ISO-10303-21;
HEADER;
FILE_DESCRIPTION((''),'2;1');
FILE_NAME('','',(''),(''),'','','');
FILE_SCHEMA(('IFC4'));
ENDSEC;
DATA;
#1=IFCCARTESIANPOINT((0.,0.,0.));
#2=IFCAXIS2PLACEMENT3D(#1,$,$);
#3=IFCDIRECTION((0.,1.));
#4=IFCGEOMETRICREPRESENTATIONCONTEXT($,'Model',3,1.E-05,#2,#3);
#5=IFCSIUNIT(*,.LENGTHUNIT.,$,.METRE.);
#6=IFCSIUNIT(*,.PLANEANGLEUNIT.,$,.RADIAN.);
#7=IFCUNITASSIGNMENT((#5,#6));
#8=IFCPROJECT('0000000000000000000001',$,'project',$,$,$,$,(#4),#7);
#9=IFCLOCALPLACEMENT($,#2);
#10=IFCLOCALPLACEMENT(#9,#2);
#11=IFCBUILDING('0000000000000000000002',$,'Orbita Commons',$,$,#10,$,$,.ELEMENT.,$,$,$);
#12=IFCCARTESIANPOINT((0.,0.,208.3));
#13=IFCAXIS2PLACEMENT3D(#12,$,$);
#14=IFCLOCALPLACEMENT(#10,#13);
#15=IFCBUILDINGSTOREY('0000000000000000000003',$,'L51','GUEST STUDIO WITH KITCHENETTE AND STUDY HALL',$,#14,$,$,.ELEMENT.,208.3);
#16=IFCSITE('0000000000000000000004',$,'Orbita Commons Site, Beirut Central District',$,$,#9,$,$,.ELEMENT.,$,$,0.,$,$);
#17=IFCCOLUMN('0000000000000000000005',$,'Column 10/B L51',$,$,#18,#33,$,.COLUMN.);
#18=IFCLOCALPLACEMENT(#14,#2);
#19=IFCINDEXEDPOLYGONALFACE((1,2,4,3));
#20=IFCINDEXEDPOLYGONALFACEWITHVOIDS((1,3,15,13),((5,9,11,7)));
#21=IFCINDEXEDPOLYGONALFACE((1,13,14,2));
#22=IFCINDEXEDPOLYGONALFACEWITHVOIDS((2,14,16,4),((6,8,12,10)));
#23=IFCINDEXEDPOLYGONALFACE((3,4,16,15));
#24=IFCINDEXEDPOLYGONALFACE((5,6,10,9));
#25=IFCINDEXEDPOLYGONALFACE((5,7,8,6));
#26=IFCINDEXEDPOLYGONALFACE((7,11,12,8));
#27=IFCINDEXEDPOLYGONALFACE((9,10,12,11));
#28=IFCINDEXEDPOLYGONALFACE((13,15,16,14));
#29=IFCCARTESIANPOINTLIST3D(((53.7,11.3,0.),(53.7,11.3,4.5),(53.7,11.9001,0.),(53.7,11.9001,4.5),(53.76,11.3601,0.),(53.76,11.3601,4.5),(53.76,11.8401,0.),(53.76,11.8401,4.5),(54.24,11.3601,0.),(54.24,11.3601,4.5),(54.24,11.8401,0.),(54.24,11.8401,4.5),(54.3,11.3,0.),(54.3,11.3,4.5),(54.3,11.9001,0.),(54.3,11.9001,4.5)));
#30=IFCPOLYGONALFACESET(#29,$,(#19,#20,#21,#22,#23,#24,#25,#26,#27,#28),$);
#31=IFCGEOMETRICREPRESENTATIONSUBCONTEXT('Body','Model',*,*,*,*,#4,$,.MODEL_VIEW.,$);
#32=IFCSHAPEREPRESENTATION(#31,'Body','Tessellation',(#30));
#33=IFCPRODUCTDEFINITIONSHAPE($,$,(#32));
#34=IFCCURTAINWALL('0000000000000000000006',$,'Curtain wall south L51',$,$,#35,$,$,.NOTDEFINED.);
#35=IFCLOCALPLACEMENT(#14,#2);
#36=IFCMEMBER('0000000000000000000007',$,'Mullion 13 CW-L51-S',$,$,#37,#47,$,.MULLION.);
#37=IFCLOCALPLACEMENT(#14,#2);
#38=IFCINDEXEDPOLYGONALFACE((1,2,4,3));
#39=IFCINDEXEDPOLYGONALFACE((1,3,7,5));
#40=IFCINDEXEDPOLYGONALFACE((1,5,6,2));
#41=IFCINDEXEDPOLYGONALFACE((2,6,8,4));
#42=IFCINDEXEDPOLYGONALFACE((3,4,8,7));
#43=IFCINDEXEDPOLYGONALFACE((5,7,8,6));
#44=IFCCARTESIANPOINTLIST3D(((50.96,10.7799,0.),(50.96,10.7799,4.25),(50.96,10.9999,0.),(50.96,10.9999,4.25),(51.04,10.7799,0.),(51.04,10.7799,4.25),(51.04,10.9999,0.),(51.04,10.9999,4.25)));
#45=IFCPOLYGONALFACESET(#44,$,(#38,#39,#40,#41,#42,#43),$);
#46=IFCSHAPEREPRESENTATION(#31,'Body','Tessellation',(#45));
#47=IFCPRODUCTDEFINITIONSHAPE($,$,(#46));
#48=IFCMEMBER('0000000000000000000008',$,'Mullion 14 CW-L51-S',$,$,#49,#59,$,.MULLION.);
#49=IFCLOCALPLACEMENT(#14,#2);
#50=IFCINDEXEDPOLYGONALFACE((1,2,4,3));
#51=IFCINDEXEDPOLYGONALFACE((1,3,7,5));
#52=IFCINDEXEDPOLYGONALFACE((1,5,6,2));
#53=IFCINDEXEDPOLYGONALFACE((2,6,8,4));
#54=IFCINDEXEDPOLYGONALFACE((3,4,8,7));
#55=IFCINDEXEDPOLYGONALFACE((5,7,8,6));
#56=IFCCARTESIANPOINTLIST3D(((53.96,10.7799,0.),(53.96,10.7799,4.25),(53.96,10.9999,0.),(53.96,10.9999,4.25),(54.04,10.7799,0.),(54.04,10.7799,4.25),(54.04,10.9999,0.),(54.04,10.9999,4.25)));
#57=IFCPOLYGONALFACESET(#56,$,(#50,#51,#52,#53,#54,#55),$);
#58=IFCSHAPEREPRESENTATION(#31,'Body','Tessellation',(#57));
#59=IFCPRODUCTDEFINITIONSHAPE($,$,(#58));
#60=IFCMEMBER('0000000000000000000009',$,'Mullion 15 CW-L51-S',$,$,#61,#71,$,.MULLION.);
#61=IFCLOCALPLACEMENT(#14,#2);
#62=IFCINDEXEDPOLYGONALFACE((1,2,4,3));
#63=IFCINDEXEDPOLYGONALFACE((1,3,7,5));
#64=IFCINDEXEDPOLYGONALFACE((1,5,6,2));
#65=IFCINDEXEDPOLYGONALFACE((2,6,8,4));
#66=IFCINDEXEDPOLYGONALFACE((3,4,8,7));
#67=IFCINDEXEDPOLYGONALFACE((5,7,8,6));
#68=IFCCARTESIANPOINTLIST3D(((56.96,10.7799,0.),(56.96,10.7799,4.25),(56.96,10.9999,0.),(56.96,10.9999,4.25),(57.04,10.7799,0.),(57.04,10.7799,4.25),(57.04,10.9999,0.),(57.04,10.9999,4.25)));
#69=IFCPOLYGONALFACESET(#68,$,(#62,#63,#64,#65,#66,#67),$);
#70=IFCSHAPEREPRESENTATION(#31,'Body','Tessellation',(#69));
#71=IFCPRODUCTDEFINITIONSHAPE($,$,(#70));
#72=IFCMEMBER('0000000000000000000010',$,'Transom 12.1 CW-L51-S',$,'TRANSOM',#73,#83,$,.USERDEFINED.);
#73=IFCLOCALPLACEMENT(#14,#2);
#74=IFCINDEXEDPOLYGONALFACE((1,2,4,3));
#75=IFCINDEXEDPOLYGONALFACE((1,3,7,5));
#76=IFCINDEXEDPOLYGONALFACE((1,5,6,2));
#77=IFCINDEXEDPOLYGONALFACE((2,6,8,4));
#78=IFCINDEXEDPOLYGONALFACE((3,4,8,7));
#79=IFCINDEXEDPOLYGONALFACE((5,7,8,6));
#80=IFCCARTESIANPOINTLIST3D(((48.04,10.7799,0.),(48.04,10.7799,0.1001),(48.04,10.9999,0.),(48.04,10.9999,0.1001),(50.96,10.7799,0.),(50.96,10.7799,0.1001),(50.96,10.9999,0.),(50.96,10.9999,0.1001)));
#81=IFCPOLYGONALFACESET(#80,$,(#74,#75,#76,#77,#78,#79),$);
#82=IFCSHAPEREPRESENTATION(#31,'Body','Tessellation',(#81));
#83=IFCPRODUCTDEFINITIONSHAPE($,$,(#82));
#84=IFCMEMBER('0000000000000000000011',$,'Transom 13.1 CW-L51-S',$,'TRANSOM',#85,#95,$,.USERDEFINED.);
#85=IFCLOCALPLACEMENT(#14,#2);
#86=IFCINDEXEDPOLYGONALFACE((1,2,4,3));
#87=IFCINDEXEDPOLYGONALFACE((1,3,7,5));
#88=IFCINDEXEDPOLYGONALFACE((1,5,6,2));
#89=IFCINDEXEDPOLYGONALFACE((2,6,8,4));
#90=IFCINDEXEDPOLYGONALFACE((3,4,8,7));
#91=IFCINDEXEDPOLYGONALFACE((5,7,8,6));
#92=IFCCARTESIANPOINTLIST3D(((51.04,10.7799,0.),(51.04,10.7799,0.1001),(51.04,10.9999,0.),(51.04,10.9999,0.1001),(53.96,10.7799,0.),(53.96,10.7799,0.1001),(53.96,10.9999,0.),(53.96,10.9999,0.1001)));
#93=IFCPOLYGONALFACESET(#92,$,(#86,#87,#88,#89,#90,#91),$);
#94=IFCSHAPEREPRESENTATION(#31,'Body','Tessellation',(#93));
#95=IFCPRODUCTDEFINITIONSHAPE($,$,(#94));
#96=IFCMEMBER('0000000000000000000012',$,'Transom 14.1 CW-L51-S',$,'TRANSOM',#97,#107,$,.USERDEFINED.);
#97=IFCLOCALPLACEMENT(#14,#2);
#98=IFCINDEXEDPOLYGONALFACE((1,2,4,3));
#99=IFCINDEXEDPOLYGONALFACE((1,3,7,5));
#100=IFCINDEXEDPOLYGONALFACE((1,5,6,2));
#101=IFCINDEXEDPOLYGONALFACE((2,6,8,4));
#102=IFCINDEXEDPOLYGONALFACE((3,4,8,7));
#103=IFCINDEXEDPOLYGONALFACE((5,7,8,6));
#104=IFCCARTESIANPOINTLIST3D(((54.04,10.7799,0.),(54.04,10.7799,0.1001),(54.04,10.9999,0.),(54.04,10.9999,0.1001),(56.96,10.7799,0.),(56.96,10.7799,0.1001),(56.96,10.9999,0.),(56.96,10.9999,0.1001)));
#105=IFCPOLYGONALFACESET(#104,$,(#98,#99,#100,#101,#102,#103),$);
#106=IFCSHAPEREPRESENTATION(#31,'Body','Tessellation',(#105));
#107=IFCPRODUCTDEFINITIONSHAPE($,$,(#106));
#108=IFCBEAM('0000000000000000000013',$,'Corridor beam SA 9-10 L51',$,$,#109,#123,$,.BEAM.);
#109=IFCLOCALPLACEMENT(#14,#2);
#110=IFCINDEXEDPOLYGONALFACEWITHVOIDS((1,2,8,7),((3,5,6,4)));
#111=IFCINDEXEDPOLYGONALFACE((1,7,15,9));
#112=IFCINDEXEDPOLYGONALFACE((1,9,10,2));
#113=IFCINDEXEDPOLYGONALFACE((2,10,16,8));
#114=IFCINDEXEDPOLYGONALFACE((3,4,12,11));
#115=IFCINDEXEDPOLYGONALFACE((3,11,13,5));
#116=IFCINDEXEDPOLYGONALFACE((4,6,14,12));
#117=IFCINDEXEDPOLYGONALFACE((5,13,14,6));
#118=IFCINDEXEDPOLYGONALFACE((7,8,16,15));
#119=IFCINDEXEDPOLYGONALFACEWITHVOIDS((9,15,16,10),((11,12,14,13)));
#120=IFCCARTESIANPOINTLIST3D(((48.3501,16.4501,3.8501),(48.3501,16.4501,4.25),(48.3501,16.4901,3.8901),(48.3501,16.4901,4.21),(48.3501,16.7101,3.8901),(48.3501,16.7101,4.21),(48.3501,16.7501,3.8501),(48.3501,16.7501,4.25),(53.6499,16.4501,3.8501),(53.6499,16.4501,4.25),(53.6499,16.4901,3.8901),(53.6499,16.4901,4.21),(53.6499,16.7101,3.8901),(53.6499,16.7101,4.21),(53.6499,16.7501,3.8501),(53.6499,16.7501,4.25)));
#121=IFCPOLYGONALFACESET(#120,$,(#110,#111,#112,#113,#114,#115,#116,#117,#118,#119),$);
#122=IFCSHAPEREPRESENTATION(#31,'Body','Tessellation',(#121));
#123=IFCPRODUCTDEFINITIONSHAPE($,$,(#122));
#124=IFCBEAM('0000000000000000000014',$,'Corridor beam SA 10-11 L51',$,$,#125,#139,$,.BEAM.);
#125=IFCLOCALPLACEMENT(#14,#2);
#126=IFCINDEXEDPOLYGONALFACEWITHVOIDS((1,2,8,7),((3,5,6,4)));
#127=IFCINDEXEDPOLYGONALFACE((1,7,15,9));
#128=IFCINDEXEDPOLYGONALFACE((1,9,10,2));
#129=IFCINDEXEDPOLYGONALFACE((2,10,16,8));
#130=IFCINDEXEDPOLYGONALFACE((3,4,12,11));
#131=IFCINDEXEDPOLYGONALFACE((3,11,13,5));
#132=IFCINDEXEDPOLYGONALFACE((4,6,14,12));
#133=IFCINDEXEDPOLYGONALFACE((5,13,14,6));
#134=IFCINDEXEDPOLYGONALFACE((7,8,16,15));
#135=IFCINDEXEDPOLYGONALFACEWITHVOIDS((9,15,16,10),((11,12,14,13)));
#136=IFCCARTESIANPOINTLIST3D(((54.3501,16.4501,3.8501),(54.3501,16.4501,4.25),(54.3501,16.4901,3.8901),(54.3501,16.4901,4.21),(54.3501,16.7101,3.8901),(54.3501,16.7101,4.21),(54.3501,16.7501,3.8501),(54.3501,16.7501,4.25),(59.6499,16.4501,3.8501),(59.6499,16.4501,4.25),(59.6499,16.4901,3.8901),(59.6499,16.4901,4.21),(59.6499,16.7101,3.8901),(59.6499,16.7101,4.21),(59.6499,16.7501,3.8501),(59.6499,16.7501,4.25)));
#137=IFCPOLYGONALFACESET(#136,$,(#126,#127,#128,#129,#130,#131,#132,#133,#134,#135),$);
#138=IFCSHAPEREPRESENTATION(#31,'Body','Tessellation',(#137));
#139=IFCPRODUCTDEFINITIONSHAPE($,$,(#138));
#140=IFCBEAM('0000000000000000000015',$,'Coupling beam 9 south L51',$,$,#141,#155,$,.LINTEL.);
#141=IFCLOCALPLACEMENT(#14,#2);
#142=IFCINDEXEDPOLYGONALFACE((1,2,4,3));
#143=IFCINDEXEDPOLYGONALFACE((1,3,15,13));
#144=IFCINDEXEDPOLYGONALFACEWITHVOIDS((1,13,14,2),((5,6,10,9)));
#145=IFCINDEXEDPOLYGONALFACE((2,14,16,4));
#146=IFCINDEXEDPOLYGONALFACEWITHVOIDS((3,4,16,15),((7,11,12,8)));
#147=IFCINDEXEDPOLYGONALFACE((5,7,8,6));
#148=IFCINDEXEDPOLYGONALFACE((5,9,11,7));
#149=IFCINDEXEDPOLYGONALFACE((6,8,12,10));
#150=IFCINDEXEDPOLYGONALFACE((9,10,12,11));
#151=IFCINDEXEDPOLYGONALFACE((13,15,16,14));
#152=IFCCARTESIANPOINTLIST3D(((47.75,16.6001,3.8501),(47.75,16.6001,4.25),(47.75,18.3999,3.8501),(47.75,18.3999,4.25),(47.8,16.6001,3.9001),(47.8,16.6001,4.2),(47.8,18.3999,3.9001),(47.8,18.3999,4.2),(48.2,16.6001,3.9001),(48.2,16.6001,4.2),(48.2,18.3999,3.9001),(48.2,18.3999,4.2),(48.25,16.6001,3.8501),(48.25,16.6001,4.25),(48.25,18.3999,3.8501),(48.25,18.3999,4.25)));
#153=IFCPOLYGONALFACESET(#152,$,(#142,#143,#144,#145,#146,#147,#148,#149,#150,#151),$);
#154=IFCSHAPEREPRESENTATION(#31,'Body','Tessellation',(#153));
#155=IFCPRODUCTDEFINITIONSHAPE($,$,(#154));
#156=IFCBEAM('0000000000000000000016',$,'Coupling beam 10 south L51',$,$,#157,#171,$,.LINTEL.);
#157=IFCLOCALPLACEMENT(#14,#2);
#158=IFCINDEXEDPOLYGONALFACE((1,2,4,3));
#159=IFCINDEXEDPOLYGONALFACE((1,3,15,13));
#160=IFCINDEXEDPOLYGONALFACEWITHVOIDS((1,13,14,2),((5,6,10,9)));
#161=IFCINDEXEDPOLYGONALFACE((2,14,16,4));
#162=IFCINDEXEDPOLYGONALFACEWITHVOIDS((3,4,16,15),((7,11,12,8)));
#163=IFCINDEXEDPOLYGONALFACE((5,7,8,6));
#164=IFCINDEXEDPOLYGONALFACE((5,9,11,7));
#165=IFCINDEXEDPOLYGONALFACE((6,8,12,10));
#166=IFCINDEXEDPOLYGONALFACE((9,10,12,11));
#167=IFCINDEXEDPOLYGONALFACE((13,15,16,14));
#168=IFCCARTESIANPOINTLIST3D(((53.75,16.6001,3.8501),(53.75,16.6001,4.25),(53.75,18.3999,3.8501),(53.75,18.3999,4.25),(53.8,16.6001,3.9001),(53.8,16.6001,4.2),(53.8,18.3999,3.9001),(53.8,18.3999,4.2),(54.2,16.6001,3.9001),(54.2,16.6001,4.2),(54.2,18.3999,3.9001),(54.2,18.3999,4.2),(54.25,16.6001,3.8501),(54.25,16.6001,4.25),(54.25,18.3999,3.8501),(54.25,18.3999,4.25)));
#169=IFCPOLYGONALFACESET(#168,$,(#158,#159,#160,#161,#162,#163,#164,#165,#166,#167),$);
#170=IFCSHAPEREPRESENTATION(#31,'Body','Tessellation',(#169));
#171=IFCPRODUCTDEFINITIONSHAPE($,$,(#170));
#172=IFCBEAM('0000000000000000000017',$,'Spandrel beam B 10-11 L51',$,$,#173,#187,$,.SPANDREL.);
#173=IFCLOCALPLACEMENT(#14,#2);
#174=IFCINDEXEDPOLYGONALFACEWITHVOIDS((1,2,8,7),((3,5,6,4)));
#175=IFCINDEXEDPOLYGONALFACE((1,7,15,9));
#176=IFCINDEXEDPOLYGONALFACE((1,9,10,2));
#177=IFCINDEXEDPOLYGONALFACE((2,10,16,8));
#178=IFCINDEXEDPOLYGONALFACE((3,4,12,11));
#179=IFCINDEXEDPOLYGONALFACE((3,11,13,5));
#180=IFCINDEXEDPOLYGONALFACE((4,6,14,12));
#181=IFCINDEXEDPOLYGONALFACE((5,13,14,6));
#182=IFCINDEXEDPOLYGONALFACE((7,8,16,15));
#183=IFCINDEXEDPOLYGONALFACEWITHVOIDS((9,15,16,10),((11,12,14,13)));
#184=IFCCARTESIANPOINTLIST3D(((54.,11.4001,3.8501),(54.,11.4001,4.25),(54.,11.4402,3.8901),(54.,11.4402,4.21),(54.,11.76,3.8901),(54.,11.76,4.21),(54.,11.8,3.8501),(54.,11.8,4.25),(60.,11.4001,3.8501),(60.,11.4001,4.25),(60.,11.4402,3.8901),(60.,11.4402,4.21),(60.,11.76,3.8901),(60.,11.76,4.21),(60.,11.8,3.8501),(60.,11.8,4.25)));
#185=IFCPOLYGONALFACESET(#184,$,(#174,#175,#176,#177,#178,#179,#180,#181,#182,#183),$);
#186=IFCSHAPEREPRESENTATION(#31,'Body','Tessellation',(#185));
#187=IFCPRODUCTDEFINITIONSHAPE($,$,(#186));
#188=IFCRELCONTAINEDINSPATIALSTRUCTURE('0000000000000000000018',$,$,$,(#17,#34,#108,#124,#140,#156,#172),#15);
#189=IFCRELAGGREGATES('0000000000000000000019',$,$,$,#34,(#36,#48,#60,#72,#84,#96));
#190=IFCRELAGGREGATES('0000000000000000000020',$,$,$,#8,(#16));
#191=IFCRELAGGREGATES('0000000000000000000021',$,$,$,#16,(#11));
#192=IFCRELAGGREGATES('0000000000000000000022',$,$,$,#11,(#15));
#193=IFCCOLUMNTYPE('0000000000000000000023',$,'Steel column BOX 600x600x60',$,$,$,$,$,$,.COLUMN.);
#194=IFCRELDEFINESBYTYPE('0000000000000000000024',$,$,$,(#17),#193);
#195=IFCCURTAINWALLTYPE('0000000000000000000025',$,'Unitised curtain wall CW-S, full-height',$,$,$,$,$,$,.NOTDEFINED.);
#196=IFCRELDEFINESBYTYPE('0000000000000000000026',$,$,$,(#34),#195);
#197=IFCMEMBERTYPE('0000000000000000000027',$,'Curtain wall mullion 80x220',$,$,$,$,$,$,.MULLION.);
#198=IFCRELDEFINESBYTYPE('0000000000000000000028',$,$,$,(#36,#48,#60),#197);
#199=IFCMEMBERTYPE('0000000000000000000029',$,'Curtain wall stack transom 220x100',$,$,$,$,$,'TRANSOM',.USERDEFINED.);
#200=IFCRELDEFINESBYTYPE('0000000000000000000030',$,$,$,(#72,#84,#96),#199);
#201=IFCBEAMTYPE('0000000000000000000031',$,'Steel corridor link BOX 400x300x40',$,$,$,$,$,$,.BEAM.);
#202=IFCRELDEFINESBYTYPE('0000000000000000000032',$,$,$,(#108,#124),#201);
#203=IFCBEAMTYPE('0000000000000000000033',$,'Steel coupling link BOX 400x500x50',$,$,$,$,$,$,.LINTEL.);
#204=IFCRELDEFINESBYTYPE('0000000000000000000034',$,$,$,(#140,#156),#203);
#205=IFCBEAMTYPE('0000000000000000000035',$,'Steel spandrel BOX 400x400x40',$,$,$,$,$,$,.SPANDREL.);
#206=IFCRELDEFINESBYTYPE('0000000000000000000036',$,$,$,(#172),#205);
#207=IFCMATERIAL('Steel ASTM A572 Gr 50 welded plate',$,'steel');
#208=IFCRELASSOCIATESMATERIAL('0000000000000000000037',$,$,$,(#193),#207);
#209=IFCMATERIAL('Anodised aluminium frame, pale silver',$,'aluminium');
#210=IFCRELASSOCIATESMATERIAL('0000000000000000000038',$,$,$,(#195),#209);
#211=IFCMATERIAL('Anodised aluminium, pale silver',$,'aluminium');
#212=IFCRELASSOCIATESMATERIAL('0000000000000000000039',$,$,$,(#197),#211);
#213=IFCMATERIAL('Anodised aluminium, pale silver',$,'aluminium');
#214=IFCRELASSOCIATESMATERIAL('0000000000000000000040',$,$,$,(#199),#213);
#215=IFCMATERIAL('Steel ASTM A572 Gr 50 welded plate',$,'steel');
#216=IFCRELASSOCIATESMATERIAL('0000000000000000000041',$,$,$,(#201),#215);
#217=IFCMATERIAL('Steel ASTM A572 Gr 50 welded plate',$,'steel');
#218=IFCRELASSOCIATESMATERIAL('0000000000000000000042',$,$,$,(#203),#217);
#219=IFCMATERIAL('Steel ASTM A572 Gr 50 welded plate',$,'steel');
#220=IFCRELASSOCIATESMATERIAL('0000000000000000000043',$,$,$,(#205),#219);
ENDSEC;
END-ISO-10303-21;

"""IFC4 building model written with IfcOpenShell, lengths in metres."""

from ifc_helpers import new_model, si_unit, direction, frame, origin, origin_2d, place, context, subcontext, project, spatial, rectangle, hollow_rectangle, extrude, material, material_profile, profile_set, type_object, element, aggregate, save


model = new_model("IFC4")

# Units and contexts
model_context = context("Model", 3, precision=1e-05, world=origin(), true_north=direction((0.0, 1.0)))
body_context = subcontext(model_context, "Body", "Model", "MODEL_VIEW")
ifc_project = project(units=[si_unit("LENGTHUNIT", "METRE"), si_unit("PLANEANGLEUNIT", "RADIAN")], contexts=[model_context])

# Site, building, storey
site_placement = place(None, origin())
site = spatial("IfcSite", under=ifc_project, at=site_placement, Name="Orbita Commons Site, Beirut Central District", CompositionType="ELEMENT", RefElevation=0.0)
building_placement = place(site_placement, origin())
building = spatial("IfcBuilding", under=site, at=building_placement, Name="Orbita Commons", CompositionType="ELEMENT")
storey_placement = place(building_placement, frame((0.0, 0.0, 208.3)))
storey = spatial("IfcBuildingStorey", under=building, at=storey_placement, Name="L51", Description="GUEST STUDIO WITH KITCHENETTE AND STUDY HALL", CompositionType="ELEMENT", Elevation=208.3)

# Column
ifc_material_1 = material(Name="Steel ASTM A572 Gr 50 welded plate", Category="steel")
ifc_material_profile_1 = material_profile(ifc_material_1, hollow_rectangle(XDim=0.6001, YDim=0.6001, WallThickness=0.0601, at=origin_2d()), Name="BOX 600x600x60")
ifc_profile_set_1 = profile_set([ifc_material_profile_1], Name="Steel ASTM A572 Gr 50 welded plate")
column_type = type_object("IfcColumnType", Name="Steel column BOX 600x600x60", PredefinedType="COLUMN", material=ifc_profile_set_1)
column_placement = place(storey_placement, frame((54.0, 11.6001, 0.0), z_axis=(0.0, 0.0, 1.0), x_axis=(1.0, 0.0, 0.0)))
element("IfcColumn", 1, at=column_placement, inside=storey, type_object=column_type, Name="Column 10/B L51", PredefinedType="COLUMN", context=body_context, shape_type="SweptSolid", body=[
    extrude(hollow_rectangle(XDim=0.6001, YDim=0.6001, WallThickness=0.0601, at=origin_2d()), origin(), (0.0, 0.0, 1.0), 4.5),
])

# Curtain wall, members
ifc_material_2 = material(Name="Anodised aluminium frame, pale silver", Category="aluminium")
curtain_wall_type = type_object("IfcCurtainWallType", Name="Unitised curtain wall CW-S, full-height", PredefinedType="NOTDEFINED", material=ifc_material_2)
curtain_wall_placement = place(storey_placement, origin())
curtain_wall = element("IfcCurtainWall", 2, at=curtain_wall_placement, inside=storey, type_object=curtain_wall_type, Name="Curtain wall south L51", PredefinedType="NOTDEFINED")
ifc_material_3 = material(Name="Anodised aluminium, pale silver", Category="aluminium")
ifc_material_profile_2 = material_profile(ifc_material_3, rectangle(XDim=0.0801, YDim=0.22, at=origin_2d()), Name="AL 80x220")
ifc_profile_set_2 = profile_set([ifc_material_profile_2], Name="Anodised aluminium, pale silver")
member_type_1 = type_object("IfcMemberType", Name="Curtain wall mullion 80x220", PredefinedType="MULLION", material=ifc_profile_set_2)
member_1_placement = place(storey_placement, frame((51.0, 10.8899, 0.0), z_axis=(0.0, 0.0, 1.0), x_axis=(1.0, 0.0, 0.0)))
member_1 = element("IfcMember", 3, at=member_1_placement, type_object=member_type_1, Name="Mullion 13 CW-L51-S", PredefinedType="MULLION", context=body_context, shape_type="SweptSolid", body=[
    extrude(rectangle(XDim=0.0801, YDim=0.22, at=origin_2d()), origin(), (0.0, 0.0, 1.0), 4.25),
])
member_2_placement = place(storey_placement, frame((54.0, 10.8899, 0.0), z_axis=(0.0, 0.0, 1.0), x_axis=(1.0, 0.0, 0.0)))
member_2 = element("IfcMember", 4, at=member_2_placement, type_object=member_type_1, Name="Mullion 14 CW-L51-S", PredefinedType="MULLION", context=body_context, shape_type="SweptSolid", body=[
    extrude(rectangle(XDim=0.0801, YDim=0.22, at=origin_2d()), origin(), (0.0, 0.0, 1.0), 4.25),
])
member_3_placement = place(storey_placement, frame((57.0, 10.8899, 0.0), z_axis=(0.0, 0.0, 1.0), x_axis=(1.0, 0.0, 0.0)))
member_3 = element("IfcMember", 5, at=member_3_placement, type_object=member_type_1, Name="Mullion 15 CW-L51-S", PredefinedType="MULLION", context=body_context, shape_type="SweptSolid", body=[
    extrude(rectangle(XDim=0.0801, YDim=0.22, at=origin_2d()), origin(), (0.0, 0.0, 1.0), 4.25),
])
ifc_material_4 = material(Name="Anodised aluminium, pale silver", Category="aluminium")
ifc_material_profile_3 = material_profile(ifc_material_4, rectangle(XDim=0.22, YDim=0.1001, at=origin_2d()), Name="AL 220x100")
ifc_profile_set_3 = profile_set([ifc_material_profile_3], Name="Anodised aluminium, pale silver")
member_type_2 = type_object("IfcMemberType", Name="Curtain wall stack transom 220x100", ElementType="TRANSOM", PredefinedType="USERDEFINED", material=ifc_profile_set_3)
member_4_placement = place(storey_placement, frame((48.04, 10.8899, 0.05), z_axis=(1.0, 0.0, 0.0), x_axis=(0.0, 1.0, 0.0)))
member_4 = element("IfcMember", 6, at=member_4_placement, type_object=member_type_2, Name="Transom 12.1 CW-L51-S", ObjectType="TRANSOM", PredefinedType="USERDEFINED", context=body_context, shape_type="SweptSolid", body=[
    extrude(rectangle(XDim=0.22, YDim=0.1001, at=origin_2d()), origin(), (0.0, 0.0, 1.0), 2.9199),
])
member_5_placement = place(storey_placement, frame((51.04, 10.8899, 0.05), z_axis=(1.0, 0.0, 0.0), x_axis=(0.0, 1.0, 0.0)))
member_5 = element("IfcMember", 7, at=member_5_placement, type_object=member_type_2, Name="Transom 13.1 CW-L51-S", ObjectType="TRANSOM", PredefinedType="USERDEFINED", context=body_context, shape_type="SweptSolid", body=[
    extrude(rectangle(XDim=0.22, YDim=0.1001, at=origin_2d()), origin(), (0.0, 0.0, 1.0), 2.9199),
])
member_6_placement = place(storey_placement, frame((54.04, 10.8899, 0.05), z_axis=(1.0, 0.0, 0.0), x_axis=(0.0, 1.0, 0.0)))
member_6 = element("IfcMember", 8, at=member_6_placement, type_object=member_type_2, Name="Transom 14.1 CW-L51-S", ObjectType="TRANSOM", PredefinedType="USERDEFINED", context=body_context, shape_type="SweptSolid", body=[
    extrude(rectangle(XDim=0.22, YDim=0.1001, at=origin_2d()), origin(), (0.0, 0.0, 1.0), 2.9199),
])

# Beams
ifc_material_5 = material(Name="Steel ASTM A572 Gr 50 welded plate", Category="steel")
ifc_material_profile_4 = material_profile(ifc_material_5, hollow_rectangle(XDim=0.3, YDim=0.3999, WallThickness=0.04, at=origin_2d()), Name="BOX 400x300x40")
ifc_profile_set_4 = profile_set([ifc_material_profile_4], Name="Steel ASTM A572 Gr 50 welded plate")
beam_type_1 = type_object("IfcBeamType", Name="Steel corridor link BOX 400x300x40", PredefinedType="BEAM", material=ifc_profile_set_4)
for number, where, z_axis, x_axis, name in (
    (9, (48.3501, 16.6001, 4.05), (1.0, 0.0, 0.0), (0.0, 1.0, 0.0), "Corridor beam SA 9-10 L51"),
    (10, (54.3501, 16.6001, 4.05), (1.0, 0.0, 0.0), (0.0, 1.0, 0.0), "Corridor beam SA 10-11 L51"),
):
    element("IfcBeam", number, at=place(storey_placement, frame(where, z_axis=z_axis, x_axis=x_axis)), inside=storey, type_object=beam_type_1, Name=name, PredefinedType="BEAM", context=body_context, shape_type="SweptSolid", body=[
        extrude(hollow_rectangle(XDim=0.3, YDim=0.3999, WallThickness=0.04, at=origin_2d()), origin(), (0.0, 0.0, 1.0), 5.2998),
    ])
ifc_material_6 = material(Name="Steel ASTM A572 Gr 50 welded plate", Category="steel")
ifc_material_profile_5 = material_profile(ifc_material_6, hollow_rectangle(XDim=0.5, YDim=0.3999, WallThickness=0.05, at=origin_2d()), Name="BOX 400x500x50")
ifc_profile_set_5 = profile_set([ifc_material_profile_5], Name="Steel ASTM A572 Gr 50 welded plate")
beam_type_2 = type_object("IfcBeamType", Name="Steel coupling link BOX 400x500x50", PredefinedType="LINTEL", material=ifc_profile_set_5)
for number, where, z_axis, x_axis, name in (
    (11, (48.0, 16.6001, 4.05), (0.0, 1.0, 0.0), (-1.0, 0.0, 0.0), "Coupling beam 9 south L51"),
    (12, (54.0, 16.6001, 4.05), (0.0, 1.0, 0.0), (-1.0, 0.0, 0.0), "Coupling beam 10 south L51"),
):
    element("IfcBeam", number, at=place(storey_placement, frame(where, z_axis=z_axis, x_axis=x_axis)), inside=storey, type_object=beam_type_2, Name=name, PredefinedType="LINTEL", context=body_context, shape_type="SweptSolid", body=[
        extrude(hollow_rectangle(XDim=0.5, YDim=0.3999, WallThickness=0.05, at=origin_2d()), origin(), (0.0, 0.0, 1.0), 1.7998),
    ])
ifc_material_7 = material(Name="Steel ASTM A572 Gr 50 welded plate", Category="steel")
ifc_material_profile_6 = material_profile(ifc_material_7, hollow_rectangle(XDim=0.3999, YDim=0.3999, WallThickness=0.04, at=origin_2d()), Name="BOX 400x400x40")
ifc_profile_set_6 = profile_set([ifc_material_profile_6], Name="Steel ASTM A572 Gr 50 welded plate")
beam_type_3 = type_object("IfcBeamType", Name="Steel spandrel BOX 400x400x40", PredefinedType="SPANDREL", material=ifc_profile_set_6)
beam_placement = place(storey_placement, frame((54.0, 11.6001, 4.05), z_axis=(1.0, 0.0, 0.0), x_axis=(0.0, 1.0, 0.0)))
element("IfcBeam", 13, at=beam_placement, inside=storey, type_object=beam_type_3, Name="Spandrel beam B 10-11 L51", PredefinedType="SPANDREL", context=body_context, shape_type="SweptSolid", body=[
    extrude(hollow_rectangle(XDim=0.3999, YDim=0.3999, WallThickness=0.04, at=origin_2d()), origin(), (0.0, 0.0, 1.0), 6.0),
])

aggregate(curtain_wall, [member_1, member_2, member_3, member_4, member_5, member_6])

save(model, "model.ifc")
